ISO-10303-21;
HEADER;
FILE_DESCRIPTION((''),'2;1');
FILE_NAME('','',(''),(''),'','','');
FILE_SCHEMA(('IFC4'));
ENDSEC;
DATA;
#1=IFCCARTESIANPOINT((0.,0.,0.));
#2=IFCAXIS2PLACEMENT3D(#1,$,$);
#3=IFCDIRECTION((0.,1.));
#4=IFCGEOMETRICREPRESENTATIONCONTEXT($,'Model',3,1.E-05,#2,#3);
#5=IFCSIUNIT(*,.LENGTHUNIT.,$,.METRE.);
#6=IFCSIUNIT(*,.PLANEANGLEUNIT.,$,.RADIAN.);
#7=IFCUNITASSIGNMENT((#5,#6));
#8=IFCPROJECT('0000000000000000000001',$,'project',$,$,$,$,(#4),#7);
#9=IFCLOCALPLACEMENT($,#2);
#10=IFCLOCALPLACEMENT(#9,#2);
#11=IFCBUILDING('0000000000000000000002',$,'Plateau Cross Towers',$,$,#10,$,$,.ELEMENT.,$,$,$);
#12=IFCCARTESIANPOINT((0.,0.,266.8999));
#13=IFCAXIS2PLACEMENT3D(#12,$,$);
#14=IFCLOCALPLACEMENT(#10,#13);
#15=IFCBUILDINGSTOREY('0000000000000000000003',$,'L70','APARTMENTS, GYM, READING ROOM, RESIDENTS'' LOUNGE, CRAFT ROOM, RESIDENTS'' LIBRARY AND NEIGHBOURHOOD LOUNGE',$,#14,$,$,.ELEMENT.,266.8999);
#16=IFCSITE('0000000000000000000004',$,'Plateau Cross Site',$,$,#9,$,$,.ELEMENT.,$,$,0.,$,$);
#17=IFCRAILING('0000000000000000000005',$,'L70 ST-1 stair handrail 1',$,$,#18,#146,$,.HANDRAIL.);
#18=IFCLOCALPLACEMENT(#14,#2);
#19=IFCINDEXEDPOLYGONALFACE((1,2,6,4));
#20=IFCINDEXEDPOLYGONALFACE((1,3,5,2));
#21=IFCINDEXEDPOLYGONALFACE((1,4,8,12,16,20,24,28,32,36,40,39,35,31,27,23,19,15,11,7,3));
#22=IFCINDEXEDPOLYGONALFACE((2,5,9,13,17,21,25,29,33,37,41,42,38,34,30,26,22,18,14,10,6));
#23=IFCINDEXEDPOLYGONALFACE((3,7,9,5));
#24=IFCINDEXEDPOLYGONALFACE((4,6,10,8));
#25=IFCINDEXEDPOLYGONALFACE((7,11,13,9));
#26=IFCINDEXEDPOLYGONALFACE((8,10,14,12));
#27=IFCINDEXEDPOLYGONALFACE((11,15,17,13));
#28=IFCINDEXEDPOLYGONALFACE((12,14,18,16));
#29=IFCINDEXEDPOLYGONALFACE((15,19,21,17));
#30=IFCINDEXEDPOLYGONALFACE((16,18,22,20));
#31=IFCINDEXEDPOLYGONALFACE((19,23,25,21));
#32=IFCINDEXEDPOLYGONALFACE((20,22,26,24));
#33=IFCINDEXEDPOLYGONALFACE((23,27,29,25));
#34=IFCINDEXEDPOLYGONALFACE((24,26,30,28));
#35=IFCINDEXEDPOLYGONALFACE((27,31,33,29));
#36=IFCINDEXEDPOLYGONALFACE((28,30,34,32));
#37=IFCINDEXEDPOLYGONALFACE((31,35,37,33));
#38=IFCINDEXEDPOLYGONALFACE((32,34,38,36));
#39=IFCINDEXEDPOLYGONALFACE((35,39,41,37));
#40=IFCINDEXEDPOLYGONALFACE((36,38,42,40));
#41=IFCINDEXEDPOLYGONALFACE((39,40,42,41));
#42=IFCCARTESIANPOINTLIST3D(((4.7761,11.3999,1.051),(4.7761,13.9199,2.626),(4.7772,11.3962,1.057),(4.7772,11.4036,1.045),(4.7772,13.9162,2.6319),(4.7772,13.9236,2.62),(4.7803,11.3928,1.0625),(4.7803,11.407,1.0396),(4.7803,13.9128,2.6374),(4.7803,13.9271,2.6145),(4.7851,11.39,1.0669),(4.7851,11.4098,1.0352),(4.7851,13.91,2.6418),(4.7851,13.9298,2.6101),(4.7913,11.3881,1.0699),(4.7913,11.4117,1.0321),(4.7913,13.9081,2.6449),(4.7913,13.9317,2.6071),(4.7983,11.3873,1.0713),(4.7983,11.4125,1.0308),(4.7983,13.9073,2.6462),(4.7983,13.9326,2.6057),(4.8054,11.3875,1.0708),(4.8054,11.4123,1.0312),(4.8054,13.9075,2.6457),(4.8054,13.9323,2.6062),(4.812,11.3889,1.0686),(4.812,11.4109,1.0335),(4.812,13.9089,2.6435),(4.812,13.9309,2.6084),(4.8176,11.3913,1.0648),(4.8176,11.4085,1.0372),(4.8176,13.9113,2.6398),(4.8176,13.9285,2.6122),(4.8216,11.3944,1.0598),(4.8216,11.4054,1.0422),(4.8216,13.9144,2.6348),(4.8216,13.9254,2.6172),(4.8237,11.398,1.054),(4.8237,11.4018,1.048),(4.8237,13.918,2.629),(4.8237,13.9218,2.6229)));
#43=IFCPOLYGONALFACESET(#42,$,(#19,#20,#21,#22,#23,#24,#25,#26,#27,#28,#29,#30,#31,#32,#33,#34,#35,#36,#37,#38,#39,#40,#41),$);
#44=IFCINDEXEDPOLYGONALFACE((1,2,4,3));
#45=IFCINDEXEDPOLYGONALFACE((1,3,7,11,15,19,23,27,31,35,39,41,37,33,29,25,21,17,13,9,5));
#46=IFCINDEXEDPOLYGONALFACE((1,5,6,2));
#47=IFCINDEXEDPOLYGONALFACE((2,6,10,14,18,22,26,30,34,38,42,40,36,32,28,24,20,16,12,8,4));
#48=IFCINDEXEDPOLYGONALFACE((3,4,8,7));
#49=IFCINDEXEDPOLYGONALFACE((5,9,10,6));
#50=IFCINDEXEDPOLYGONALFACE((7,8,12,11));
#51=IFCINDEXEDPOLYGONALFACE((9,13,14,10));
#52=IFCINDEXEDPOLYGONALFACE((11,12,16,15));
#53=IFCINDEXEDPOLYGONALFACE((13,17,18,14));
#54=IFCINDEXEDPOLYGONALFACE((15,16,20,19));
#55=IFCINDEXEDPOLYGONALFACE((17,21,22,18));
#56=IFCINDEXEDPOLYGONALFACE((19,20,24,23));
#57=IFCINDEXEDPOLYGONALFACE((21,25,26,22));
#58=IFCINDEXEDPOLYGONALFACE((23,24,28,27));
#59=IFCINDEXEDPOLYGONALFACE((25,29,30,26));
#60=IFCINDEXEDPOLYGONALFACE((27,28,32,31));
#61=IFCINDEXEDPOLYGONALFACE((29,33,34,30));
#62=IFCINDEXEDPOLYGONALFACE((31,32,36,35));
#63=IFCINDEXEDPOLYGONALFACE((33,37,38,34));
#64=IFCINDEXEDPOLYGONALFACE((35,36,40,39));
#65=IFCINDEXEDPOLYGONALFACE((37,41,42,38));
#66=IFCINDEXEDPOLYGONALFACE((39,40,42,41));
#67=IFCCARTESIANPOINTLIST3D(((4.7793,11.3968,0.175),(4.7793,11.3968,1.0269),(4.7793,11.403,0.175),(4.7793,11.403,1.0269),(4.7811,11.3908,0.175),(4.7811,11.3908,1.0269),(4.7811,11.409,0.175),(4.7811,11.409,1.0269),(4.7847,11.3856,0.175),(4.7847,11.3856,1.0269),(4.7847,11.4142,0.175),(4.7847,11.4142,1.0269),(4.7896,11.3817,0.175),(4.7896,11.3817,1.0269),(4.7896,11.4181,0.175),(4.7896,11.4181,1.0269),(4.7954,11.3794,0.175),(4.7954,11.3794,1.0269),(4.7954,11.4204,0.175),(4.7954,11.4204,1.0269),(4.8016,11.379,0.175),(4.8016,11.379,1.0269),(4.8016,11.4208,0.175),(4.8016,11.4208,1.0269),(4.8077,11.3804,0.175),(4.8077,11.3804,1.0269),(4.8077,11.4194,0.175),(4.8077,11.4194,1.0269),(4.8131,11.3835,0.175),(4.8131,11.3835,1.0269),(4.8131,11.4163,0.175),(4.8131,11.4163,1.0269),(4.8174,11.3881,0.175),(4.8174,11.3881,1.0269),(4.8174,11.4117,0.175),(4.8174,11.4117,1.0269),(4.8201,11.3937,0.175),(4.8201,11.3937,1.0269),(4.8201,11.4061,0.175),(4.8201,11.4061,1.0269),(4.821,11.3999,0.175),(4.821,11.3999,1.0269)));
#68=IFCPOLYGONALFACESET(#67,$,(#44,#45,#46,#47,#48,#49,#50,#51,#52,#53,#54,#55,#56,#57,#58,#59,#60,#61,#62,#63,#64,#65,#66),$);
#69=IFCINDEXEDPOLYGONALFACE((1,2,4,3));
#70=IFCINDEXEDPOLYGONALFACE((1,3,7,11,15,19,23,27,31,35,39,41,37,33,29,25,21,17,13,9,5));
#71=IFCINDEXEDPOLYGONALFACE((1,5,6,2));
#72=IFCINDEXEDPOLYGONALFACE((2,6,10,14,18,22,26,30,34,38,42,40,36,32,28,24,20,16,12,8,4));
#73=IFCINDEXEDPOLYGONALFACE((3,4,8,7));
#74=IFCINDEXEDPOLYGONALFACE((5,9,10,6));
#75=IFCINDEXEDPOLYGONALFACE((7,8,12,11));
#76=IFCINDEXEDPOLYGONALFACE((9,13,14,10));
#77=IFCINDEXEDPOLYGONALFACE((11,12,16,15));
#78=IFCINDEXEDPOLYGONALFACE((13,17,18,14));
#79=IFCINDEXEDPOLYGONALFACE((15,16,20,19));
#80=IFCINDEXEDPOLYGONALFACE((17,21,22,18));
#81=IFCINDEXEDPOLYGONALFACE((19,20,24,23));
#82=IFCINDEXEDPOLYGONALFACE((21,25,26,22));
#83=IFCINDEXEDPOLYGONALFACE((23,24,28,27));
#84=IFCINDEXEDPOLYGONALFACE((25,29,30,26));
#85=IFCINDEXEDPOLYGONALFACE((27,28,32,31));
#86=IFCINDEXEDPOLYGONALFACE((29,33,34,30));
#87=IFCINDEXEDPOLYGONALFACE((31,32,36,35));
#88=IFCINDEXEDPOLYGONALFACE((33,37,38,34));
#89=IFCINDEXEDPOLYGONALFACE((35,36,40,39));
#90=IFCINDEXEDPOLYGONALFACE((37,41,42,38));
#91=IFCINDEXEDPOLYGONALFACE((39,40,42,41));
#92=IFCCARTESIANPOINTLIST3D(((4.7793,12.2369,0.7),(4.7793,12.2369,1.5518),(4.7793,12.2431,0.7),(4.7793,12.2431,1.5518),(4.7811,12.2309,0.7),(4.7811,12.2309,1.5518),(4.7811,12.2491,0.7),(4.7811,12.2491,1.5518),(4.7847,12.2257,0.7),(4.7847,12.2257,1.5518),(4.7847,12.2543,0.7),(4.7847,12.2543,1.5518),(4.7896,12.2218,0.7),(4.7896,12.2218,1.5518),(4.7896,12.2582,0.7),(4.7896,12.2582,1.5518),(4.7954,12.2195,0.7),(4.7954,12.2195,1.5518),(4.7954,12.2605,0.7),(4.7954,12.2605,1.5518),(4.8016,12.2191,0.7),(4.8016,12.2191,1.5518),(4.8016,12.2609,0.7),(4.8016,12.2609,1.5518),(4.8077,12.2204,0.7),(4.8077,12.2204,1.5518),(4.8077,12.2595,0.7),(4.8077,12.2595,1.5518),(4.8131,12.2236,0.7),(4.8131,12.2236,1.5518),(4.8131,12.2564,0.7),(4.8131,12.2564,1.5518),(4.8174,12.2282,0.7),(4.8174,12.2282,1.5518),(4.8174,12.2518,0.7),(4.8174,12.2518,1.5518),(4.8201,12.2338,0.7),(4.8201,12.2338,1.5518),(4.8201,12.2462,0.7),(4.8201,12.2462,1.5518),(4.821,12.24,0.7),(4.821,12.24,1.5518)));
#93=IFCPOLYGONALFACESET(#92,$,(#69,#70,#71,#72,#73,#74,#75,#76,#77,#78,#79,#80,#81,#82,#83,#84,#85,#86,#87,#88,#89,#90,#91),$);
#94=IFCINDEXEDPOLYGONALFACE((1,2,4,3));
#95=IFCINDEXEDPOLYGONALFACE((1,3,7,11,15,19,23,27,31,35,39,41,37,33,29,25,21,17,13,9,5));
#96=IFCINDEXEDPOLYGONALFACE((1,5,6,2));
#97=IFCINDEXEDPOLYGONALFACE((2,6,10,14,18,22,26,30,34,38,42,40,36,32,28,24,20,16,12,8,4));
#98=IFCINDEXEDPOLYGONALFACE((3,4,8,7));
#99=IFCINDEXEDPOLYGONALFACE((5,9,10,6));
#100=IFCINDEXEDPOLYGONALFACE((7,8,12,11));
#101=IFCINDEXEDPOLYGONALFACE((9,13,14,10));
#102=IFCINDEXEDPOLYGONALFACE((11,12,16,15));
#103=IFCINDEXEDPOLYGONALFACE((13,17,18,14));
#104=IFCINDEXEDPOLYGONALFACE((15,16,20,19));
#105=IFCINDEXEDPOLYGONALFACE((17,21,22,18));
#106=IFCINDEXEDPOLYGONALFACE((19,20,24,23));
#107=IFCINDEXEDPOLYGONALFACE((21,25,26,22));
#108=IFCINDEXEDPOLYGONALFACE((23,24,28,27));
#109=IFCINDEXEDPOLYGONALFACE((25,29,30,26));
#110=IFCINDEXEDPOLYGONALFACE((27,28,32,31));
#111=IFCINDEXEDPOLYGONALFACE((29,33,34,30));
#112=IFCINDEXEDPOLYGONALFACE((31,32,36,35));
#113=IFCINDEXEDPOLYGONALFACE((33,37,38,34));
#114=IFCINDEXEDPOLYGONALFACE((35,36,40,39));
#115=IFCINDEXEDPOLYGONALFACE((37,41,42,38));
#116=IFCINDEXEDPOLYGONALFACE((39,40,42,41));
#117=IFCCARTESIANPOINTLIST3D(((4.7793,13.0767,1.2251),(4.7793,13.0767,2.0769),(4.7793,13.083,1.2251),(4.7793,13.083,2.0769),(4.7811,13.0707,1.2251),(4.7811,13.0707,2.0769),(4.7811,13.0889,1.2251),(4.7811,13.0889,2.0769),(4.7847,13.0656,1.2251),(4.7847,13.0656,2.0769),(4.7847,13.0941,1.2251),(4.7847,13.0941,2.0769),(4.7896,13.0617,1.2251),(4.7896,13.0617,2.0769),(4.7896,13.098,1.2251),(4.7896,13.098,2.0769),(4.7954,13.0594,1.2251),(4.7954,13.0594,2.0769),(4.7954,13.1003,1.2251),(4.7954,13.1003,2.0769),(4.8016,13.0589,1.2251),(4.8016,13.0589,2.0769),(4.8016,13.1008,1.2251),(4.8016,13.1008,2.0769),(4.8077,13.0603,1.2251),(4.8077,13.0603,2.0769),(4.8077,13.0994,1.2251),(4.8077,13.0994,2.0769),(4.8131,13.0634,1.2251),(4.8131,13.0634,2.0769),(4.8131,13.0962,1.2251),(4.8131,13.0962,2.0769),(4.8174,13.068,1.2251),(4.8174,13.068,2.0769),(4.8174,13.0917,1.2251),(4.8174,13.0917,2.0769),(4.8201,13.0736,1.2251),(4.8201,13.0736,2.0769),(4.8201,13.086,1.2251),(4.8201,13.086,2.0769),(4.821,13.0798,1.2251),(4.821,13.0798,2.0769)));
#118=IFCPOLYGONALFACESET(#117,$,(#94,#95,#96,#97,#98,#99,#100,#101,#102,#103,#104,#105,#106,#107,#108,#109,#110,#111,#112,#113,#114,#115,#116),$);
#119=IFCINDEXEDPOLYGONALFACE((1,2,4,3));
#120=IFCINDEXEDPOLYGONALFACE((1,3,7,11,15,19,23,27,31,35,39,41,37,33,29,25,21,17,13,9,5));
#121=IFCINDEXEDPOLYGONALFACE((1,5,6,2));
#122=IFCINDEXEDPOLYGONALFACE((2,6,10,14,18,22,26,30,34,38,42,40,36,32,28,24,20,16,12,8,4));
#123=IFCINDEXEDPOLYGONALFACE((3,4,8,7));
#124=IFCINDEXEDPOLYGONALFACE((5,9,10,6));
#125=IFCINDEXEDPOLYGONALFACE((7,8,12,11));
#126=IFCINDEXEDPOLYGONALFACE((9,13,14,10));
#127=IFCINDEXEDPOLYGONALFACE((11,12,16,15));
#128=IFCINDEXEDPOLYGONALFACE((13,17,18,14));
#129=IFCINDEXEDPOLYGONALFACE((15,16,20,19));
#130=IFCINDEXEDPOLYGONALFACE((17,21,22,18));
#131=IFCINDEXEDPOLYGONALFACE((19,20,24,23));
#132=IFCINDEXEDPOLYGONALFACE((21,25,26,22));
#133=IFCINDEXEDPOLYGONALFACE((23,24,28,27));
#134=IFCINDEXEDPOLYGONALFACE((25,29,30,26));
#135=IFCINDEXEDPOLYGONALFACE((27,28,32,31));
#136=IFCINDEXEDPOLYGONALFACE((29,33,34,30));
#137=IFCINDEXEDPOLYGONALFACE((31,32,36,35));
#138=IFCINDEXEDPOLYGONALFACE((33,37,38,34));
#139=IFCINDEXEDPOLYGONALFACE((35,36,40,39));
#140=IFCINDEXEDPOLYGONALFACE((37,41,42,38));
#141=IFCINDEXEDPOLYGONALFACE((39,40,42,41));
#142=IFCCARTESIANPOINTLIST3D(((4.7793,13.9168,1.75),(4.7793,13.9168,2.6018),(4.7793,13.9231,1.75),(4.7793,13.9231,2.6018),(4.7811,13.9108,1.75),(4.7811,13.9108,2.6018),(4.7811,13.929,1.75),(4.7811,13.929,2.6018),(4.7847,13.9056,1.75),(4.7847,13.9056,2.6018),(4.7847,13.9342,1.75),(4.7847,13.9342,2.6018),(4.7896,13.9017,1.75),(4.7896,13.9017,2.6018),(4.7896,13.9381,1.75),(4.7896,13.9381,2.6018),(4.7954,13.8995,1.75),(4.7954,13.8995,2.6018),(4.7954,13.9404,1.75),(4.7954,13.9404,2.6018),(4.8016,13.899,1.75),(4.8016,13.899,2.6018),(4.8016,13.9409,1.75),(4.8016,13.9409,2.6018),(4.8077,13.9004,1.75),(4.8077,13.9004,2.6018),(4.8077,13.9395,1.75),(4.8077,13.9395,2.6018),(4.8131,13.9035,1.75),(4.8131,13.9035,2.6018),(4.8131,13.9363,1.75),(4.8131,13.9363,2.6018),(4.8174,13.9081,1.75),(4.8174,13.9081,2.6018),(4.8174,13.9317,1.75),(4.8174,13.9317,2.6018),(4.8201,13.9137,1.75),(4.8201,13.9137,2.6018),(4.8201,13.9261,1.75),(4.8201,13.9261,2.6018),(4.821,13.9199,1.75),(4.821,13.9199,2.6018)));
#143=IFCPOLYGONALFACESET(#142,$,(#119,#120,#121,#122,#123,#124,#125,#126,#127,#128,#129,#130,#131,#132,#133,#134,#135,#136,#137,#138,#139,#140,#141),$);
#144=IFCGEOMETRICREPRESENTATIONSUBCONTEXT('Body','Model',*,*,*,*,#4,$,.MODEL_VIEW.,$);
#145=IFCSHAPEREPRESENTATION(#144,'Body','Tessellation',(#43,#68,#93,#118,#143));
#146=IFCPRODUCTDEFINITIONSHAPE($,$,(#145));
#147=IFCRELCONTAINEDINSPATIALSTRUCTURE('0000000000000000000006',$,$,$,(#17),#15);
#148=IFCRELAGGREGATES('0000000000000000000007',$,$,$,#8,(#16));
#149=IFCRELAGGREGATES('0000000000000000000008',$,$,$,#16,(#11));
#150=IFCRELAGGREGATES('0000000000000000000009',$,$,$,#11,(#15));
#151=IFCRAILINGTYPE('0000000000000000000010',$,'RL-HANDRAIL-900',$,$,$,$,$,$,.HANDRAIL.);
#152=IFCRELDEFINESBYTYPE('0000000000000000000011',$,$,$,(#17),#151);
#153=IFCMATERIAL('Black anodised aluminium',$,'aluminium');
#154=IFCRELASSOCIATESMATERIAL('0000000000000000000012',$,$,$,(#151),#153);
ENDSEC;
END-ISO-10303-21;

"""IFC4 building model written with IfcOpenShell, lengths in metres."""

from ifc_helpers import new_model, si_unit, direction, frame, origin, origin_2d, place, context, subcontext, project, spatial, circle, extrude, material, type_object, element, save


model = new_model("IFC4")

# Units and contexts
model_context = context("Model", 3, precision=1e-05, world=origin(), true_north=direction((0.0, 1.0)))
body_context = subcontext(model_context, "Body", "Model", "MODEL_VIEW")
ifc_project = project(units=[si_unit("LENGTHUNIT", "METRE"), si_unit("PLANEANGLEUNIT", "RADIAN")], contexts=[model_context])

# Site, building, storey
site_placement = place(None, origin())
site = spatial("IfcSite", under=ifc_project, at=site_placement, Name="Plateau Cross Site", CompositionType="ELEMENT", RefElevation=0.0)
building_placement = place(site_placement, origin())
building = spatial("IfcBuilding", under=site, at=building_placement, Name="Plateau Cross Towers", CompositionType="ELEMENT")
storey_placement = place(building_placement, frame((0.0, 0.0, 266.8999)))
storey = spatial("IfcBuildingStorey", under=building, at=storey_placement, Name="L70", Description="APARTMENTS, GYM, READING ROOM, RESIDENTS' LOUNGE, CRAFT ROOM, RESIDENTS' LIBRARY AND NEIGHBOURHOOD LOUNGE", CompositionType="ELEMENT", Elevation=266.8999)

# Shared definitions
ifc_material_1 = material(Name="Black anodised aluminium", Category="aluminium")

# Railing
railing_type_1 = type_object("IfcRailingType", Name="RL-HANDRAIL-900", PredefinedType="HANDRAIL", material=ifc_material_1)
railing_1_placement = place(storey_placement, frame((4.8, 11.3999, 0.175)))
element("IfcRailing", 1, at=railing_1_placement, inside=storey, type_object=railing_type_1, Name="L70 ST-1 stair handrail 1", PredefinedType="HANDRAIL", context=body_context, shape_type="SweptSolid", body=[
    extrude(circle(Radius=0.0239, at=origin_2d()), frame((0.0, 0.0, 0.876), z_axis=(0.0, 0.848008, 0.529984), x_axis=(-1.0, 0.0, 0.0)), (0.0, 0.0, 1.0), 2.9717),
    extrude(circle(Radius=0.021, at=origin_2d()), origin(), (0.0, 0.0, 1.0), 0.8518),
    extrude(circle(Radius=0.021, at=origin_2d()), frame((0.0, 0.8401, 0.5249)), (0.0, 0.0, 1.0), 0.8518),
    extrude(circle(Radius=0.021, at=origin_2d()), frame((0.0, 1.6799, 1.05)), (0.0, 0.0, 1.0), 0.8518),
    extrude(circle(Radius=0.021, at=origin_2d()), frame((0.0, 2.52, 1.575)), (0.0, 0.0, 1.0), 0.8518),
])

save(model, "model.ifc")
